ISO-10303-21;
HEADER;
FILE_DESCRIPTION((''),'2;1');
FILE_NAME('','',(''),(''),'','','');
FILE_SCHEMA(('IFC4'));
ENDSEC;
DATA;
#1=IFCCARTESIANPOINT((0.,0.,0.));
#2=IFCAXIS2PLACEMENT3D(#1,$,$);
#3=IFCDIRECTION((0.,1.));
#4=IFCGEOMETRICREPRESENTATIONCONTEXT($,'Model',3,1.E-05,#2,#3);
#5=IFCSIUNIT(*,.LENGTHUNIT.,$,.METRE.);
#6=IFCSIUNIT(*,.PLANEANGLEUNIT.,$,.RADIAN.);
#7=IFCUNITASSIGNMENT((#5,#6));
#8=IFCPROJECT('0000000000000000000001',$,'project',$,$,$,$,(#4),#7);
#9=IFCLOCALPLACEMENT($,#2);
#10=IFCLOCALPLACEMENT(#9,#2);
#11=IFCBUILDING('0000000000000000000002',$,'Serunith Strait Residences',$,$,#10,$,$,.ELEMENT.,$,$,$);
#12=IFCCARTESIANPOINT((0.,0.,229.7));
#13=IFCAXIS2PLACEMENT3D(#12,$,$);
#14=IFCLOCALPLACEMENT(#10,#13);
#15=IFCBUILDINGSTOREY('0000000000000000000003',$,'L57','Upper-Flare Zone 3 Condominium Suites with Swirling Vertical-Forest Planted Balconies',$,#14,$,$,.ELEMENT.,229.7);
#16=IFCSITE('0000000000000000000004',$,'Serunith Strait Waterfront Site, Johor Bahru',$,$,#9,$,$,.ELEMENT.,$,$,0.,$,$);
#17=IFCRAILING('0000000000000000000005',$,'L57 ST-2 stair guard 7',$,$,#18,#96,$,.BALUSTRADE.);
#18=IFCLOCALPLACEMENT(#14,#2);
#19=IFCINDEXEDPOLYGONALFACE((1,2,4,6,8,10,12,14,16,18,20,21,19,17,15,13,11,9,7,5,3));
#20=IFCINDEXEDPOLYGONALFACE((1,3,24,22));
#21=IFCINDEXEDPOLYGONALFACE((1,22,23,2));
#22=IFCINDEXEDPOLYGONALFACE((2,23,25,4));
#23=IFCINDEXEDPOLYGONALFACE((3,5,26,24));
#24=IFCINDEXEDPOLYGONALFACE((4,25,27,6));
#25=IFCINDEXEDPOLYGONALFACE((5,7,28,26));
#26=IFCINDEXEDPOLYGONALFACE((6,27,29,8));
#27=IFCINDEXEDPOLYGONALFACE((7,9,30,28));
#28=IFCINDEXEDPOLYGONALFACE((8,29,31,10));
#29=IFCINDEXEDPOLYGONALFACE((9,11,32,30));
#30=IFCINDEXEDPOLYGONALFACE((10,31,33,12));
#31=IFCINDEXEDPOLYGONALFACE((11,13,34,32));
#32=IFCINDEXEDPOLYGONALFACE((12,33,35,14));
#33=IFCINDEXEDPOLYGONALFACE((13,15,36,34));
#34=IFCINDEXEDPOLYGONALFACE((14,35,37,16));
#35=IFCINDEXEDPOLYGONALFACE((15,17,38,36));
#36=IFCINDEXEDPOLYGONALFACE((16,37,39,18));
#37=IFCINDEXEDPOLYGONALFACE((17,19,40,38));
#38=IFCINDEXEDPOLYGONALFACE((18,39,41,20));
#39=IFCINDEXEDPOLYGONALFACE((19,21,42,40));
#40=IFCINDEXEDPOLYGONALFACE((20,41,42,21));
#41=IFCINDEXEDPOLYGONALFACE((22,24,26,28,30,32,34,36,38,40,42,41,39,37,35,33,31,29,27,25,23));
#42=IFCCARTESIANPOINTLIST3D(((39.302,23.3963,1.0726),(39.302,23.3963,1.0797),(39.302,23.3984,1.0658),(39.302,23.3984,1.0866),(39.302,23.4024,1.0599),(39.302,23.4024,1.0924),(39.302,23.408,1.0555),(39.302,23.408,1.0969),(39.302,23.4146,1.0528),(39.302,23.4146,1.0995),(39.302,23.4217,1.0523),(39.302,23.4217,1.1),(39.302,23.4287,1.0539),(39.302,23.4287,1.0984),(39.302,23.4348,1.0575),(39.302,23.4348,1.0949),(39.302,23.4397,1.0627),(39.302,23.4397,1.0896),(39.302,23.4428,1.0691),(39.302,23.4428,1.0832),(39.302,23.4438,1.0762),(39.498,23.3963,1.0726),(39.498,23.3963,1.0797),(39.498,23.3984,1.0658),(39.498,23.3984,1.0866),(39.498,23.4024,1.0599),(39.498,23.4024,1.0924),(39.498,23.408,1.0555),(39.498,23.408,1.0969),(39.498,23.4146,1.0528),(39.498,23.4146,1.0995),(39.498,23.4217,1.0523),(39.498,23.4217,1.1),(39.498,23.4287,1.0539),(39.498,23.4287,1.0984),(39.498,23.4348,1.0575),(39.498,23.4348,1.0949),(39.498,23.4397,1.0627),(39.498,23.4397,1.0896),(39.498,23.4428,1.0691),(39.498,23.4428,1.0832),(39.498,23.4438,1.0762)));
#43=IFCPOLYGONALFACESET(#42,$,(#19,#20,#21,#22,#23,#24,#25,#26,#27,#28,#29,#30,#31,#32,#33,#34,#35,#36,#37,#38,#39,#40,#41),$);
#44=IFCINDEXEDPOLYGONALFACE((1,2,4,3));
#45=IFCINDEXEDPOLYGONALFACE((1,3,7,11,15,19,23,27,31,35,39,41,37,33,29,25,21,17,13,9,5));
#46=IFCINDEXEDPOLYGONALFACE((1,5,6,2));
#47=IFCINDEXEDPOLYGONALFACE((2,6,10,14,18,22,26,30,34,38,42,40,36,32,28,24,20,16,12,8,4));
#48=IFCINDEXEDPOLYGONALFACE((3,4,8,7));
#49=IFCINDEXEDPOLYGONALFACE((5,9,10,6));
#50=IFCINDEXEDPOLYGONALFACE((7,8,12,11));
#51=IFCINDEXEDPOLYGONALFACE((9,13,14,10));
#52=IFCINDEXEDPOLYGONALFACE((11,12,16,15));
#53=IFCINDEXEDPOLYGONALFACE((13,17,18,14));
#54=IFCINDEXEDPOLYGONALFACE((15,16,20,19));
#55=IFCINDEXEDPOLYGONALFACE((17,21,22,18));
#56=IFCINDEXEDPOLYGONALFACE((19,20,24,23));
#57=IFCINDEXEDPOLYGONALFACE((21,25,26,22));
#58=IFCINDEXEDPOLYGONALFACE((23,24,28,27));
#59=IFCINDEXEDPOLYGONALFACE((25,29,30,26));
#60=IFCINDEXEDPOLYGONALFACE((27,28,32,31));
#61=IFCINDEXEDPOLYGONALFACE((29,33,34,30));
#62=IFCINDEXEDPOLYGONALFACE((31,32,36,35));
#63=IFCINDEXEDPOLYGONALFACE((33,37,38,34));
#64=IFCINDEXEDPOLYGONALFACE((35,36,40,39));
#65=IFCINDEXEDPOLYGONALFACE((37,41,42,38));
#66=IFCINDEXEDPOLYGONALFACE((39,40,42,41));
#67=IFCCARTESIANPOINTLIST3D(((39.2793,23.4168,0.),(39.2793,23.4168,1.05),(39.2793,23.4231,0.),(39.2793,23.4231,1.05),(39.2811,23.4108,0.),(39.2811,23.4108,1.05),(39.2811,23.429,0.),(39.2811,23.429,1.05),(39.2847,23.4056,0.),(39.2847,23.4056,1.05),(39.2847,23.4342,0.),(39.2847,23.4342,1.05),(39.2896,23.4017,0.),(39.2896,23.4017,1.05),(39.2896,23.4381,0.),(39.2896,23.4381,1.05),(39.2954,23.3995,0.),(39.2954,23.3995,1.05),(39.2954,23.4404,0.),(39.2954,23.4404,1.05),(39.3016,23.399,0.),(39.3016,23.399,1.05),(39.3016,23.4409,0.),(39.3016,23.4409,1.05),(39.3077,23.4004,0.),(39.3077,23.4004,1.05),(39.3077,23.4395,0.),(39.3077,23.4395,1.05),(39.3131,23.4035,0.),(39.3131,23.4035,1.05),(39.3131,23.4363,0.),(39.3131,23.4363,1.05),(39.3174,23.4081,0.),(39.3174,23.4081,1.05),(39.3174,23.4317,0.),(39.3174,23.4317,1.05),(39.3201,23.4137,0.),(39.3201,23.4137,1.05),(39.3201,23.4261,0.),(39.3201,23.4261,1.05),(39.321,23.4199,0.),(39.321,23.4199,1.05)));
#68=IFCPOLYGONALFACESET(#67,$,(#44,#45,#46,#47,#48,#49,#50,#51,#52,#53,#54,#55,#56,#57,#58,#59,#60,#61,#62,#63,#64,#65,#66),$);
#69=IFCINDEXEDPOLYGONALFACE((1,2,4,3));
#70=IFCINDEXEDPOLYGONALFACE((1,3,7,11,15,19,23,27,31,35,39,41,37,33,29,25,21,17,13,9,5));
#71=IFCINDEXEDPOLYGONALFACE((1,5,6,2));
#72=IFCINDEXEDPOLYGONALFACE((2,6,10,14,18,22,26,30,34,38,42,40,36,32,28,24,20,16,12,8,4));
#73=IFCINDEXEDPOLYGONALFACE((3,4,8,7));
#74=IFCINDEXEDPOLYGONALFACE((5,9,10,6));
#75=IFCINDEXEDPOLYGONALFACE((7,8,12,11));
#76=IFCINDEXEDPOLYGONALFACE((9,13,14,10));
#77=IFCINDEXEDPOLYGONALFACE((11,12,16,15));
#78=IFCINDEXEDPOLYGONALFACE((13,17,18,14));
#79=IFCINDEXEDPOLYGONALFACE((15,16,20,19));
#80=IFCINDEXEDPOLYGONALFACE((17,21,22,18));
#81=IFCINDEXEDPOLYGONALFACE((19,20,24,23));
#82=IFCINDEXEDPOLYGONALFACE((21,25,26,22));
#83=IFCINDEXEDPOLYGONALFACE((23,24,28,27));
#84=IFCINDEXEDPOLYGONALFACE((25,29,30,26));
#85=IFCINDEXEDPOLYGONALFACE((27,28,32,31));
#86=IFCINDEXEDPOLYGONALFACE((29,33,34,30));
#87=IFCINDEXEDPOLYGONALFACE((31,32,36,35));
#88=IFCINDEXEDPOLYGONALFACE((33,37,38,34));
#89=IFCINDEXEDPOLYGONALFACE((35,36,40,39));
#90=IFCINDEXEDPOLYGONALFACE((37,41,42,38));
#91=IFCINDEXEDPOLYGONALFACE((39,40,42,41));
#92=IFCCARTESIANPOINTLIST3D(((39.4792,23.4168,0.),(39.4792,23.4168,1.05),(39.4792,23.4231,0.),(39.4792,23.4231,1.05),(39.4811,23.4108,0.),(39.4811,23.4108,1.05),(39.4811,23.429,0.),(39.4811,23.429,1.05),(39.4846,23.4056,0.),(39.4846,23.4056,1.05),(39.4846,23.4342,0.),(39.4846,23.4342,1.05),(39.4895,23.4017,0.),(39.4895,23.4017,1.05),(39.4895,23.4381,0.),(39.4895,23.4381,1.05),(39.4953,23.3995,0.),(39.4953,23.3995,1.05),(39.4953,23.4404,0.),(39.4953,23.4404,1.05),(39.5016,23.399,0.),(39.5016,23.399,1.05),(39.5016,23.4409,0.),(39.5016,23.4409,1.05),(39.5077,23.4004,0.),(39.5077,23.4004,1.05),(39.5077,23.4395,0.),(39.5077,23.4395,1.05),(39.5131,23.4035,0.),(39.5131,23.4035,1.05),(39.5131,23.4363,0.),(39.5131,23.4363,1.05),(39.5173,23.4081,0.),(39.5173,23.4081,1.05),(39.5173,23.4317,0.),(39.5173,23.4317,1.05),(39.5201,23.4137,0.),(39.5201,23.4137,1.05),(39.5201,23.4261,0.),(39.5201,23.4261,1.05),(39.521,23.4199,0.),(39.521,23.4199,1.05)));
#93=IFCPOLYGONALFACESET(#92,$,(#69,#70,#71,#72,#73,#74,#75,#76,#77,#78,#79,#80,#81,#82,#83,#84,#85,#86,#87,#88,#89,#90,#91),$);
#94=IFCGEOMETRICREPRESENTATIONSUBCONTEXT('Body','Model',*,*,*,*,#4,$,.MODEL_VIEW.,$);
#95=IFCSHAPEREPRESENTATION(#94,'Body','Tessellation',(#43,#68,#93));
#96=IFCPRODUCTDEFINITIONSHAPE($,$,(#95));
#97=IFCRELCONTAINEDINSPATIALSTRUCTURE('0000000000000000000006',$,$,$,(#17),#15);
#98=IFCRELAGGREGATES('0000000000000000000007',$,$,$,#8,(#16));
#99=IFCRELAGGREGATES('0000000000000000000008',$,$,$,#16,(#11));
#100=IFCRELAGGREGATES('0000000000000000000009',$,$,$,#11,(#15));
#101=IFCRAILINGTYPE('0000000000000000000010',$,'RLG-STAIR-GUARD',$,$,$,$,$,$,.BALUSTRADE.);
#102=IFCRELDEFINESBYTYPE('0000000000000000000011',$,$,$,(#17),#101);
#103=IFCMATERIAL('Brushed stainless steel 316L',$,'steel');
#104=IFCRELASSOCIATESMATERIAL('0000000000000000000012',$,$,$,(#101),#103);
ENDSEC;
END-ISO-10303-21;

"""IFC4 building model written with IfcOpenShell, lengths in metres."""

from ifc_helpers import new_model, si_unit, direction, frame, origin, origin_2d, place, context, subcontext, project, spatial, circle, extrude, material, type_object, element, save


model = new_model("IFC4")

# Units and contexts
model_context = context("Model", 3, precision=1e-05, world=origin(), true_north=direction((0.0, 1.0)))
body_context = subcontext(model_context, "Body", "Model", "MODEL_VIEW")
ifc_project = project(units=[si_unit("LENGTHUNIT", "METRE"), si_unit("PLANEANGLEUNIT", "RADIAN")], contexts=[model_context])

# Site, building, storey
site_placement = place(None, origin())
site = spatial("IfcSite", under=ifc_project, at=site_placement, Name="Serunith Strait Waterfront Site, Johor Bahru", CompositionType="ELEMENT", RefElevation=0.0)
building_placement = place(site_placement, origin())
building = spatial("IfcBuilding", under=site, at=building_placement, Name="Serunith Strait Residences", CompositionType="ELEMENT")
storey_placement = place(building_placement, frame((0.0, 0.0, 229.7)))
storey = spatial("IfcBuildingStorey", under=building, at=storey_placement, Name="L57", Description="Upper-Flare Zone 3 Condominium Suites with Swirling Vertical-Forest Planted Balconies", CompositionType="ELEMENT", Elevation=229.7)

# Railing
ifc_material_1 = material(Name="Brushed stainless steel 316L", Category="steel")
railing_type_1 = type_object("IfcRailingType", Name="RLG-STAIR-GUARD", PredefinedType="BALUSTRADE", material=ifc_material_1)
railing_1_placement = place(storey_placement, frame((39.3, 23.4199, 0.0)))
element("IfcRailing", 1, at=railing_1_placement, inside=storey, type_object=railing_type_1, Name="L57 ST-2 stair guard 7", PredefinedType="BALUSTRADE", context=body_context, shape_type="SweptSolid", body=[
    extrude(circle(Radius=0.0239, at=origin_2d()), frame((0.002, 0.0, 1.0762), z_axis=(1.0, 0.0, 0.0), x_axis=(0.0, 1.0, 0.0)), (0.0, 0.0, 1.0), 0.196),
    extrude(circle(Radius=0.021, at=origin_2d()), origin(), (0.0, 0.0, 1.0), 1.05),
    extrude(circle(Radius=0.021, at=origin_2d()), frame((0.2, 0.0, 0.0)), (0.0, 0.0, 1.0), 1.05),
])

save(model, "model.ifc")
